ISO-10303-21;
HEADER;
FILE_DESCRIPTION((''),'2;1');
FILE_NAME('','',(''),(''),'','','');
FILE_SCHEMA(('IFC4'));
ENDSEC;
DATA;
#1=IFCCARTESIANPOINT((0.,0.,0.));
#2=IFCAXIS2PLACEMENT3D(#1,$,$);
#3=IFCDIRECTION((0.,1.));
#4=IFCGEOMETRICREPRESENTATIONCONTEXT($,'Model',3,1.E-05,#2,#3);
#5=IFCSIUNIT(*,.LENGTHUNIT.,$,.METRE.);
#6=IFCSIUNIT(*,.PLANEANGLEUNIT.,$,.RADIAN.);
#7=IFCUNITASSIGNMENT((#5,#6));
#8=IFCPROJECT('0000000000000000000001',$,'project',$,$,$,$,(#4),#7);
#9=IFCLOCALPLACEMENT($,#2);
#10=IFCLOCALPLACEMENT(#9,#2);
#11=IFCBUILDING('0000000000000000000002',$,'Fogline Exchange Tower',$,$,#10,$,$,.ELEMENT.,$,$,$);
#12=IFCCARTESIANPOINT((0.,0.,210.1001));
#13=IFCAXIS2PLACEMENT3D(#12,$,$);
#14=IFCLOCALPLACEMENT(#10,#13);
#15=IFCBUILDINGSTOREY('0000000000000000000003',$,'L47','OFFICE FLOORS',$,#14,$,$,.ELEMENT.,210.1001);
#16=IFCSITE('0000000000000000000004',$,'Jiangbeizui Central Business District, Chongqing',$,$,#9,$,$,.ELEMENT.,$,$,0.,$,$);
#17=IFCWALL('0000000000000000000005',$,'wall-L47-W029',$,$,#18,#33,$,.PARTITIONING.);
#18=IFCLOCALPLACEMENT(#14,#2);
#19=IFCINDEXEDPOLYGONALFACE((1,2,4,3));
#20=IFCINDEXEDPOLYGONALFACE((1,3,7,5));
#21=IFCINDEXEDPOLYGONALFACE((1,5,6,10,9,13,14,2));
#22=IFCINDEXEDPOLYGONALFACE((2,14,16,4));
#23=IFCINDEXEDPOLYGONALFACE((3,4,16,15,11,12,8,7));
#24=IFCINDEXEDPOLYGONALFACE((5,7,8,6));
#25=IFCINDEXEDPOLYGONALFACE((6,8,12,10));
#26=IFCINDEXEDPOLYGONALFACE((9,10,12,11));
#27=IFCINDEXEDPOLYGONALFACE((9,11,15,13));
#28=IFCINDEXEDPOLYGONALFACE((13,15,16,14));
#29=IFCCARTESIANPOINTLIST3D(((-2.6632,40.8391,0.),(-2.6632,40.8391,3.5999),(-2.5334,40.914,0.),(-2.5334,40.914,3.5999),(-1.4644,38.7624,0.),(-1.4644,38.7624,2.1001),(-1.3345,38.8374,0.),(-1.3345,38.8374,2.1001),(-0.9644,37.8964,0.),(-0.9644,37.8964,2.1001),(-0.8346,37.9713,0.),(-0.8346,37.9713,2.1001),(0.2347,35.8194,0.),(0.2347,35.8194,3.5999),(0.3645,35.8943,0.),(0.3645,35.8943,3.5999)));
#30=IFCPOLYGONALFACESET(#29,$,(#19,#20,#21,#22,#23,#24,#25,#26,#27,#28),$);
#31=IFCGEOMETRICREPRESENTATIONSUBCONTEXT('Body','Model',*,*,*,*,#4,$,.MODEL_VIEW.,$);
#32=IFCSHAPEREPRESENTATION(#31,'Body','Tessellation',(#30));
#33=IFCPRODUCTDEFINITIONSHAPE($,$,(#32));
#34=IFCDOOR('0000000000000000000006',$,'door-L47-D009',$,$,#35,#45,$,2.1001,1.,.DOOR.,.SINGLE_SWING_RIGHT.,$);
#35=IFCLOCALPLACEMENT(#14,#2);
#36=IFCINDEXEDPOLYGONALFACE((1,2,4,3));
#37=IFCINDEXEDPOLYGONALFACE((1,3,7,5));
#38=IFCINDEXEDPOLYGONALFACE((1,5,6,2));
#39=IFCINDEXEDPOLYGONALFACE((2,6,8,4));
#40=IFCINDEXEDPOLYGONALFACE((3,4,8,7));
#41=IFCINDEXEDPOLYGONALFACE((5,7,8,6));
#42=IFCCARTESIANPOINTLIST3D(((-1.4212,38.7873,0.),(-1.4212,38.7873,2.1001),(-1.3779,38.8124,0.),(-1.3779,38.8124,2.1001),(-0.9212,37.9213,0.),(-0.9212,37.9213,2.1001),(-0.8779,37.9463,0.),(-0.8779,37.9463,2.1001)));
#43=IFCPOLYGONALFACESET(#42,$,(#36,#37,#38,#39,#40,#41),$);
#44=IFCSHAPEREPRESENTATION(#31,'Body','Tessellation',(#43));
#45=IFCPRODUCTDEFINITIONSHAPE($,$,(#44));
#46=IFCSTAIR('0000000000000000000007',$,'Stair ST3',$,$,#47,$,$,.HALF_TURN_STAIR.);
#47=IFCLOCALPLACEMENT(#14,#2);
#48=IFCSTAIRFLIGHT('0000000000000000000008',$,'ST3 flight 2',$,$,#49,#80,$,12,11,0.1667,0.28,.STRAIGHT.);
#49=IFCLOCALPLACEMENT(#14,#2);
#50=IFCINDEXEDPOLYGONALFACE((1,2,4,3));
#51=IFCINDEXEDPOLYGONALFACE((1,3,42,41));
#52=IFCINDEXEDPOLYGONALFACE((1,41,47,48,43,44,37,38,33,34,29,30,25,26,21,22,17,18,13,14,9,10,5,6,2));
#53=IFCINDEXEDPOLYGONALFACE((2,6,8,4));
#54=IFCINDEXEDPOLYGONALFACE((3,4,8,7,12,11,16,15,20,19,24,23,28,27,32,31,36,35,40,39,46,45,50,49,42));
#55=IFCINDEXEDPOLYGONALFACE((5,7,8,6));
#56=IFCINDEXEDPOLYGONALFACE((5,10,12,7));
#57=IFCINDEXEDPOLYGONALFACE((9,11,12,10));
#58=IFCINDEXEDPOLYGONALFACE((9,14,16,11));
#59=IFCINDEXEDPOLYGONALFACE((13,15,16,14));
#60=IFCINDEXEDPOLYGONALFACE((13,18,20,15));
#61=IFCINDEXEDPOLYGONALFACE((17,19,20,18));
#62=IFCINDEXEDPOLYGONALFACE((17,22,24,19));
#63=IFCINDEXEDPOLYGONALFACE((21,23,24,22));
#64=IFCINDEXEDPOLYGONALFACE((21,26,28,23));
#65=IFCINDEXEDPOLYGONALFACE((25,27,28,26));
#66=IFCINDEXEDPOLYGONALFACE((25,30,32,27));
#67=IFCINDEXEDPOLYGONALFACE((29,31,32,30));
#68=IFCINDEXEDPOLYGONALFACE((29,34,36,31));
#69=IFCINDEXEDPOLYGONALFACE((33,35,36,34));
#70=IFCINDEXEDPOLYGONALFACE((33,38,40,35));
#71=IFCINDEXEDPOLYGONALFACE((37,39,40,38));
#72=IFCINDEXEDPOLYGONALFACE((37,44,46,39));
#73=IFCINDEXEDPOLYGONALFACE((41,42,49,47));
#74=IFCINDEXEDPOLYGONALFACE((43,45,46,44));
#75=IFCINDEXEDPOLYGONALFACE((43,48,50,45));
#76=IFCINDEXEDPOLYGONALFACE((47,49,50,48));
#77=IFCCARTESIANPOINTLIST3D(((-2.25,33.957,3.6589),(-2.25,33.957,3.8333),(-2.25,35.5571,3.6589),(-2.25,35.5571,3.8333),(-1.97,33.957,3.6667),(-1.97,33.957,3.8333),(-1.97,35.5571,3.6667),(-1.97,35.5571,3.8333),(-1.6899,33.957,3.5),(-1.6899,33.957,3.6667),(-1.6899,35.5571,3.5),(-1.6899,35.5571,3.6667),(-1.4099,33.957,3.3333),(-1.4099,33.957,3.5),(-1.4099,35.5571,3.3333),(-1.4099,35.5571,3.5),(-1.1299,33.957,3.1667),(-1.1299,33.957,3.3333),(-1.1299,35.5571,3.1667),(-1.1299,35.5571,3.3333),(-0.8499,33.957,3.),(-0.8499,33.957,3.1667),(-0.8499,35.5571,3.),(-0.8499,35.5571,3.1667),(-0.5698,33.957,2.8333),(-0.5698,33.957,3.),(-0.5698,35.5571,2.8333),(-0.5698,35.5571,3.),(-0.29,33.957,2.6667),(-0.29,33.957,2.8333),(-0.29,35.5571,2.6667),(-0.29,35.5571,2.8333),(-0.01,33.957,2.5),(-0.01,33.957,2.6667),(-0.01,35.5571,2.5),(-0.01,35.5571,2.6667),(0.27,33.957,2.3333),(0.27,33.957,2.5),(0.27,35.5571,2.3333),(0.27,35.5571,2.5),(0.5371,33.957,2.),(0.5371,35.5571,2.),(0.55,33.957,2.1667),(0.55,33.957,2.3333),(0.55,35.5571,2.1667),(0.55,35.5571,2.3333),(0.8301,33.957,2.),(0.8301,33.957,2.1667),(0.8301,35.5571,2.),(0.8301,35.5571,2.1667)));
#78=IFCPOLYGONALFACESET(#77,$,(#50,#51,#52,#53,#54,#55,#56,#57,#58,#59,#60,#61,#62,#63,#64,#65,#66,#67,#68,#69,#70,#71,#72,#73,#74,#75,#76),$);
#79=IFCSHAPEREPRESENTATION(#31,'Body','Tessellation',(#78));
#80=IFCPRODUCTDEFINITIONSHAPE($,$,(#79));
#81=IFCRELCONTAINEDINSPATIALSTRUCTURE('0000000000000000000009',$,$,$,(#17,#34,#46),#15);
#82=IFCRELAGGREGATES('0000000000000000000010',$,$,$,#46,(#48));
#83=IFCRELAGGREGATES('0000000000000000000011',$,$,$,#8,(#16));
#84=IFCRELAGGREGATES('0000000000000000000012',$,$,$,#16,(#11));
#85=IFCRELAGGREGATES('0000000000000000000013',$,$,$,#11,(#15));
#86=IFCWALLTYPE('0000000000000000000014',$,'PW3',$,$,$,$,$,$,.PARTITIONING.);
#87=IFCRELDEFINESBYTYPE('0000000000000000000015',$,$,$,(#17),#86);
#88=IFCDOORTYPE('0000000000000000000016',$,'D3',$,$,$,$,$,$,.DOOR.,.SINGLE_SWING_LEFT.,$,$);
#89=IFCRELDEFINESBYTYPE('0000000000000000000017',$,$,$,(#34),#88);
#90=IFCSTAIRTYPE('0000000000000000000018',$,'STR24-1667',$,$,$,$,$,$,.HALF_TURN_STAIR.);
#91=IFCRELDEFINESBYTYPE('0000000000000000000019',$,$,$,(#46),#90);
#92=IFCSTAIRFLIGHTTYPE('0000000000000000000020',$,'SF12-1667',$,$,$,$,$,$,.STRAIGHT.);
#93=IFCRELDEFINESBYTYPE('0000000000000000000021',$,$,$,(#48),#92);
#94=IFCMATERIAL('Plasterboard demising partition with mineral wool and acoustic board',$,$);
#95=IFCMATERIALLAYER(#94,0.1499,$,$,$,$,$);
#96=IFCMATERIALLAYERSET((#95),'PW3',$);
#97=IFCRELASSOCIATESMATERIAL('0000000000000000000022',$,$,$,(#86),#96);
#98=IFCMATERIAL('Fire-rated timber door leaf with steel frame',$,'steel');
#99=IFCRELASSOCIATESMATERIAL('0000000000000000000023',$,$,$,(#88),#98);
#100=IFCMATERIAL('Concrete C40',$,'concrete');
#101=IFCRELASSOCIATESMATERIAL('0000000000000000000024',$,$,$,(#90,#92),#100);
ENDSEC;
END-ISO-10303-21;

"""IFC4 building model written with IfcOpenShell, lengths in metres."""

from ifc_helpers import new_model, si_unit, direction, frame, frame_2d, origin, place, context, subcontext, project, spatial, polyline, rectangle, outline, extrude, material, layer, layer_set, type_object, element, fill, aggregate, save


model = new_model("IFC4")

# Units and contexts
model_context = context("Model", 3, precision=1e-05, world=origin(), true_north=direction((0.0, 1.0)))
body_context = subcontext(model_context, "Body", "Model", "MODEL_VIEW")
ifc_project = project(units=[si_unit("LENGTHUNIT", "METRE"), si_unit("PLANEANGLEUNIT", "RADIAN")], contexts=[model_context])

# Site, building, storey
site_placement = place(None, origin())
site = spatial("IfcSite", under=ifc_project, at=site_placement, Name="Jiangbeizui Central Business District, Chongqing", CompositionType="ELEMENT", RefElevation=0.0)
building_placement = place(site_placement, origin())
building = spatial("IfcBuilding", under=site, at=building_placement, Name="Fogline Exchange Tower", CompositionType="ELEMENT")
storey_placement = place(building_placement, frame((0.0, 0.0, 210.1001)))
storey = spatial("IfcBuildingStorey", under=building, at=storey_placement, Name="L47", Description="OFFICE FLOORS", CompositionType="ELEMENT", Elevation=210.1001)

# Shared definitions
ifc_material_1 = material(Name="Concrete C40", Category="concrete")

# Shared definitions
ifc_material_2 = material(Name="Plasterboard demising partition with mineral wool and acoustic board")
ifc_layer_1 = layer(ifc_material_2, 0.1499)
ifc_layer_set_1 = layer_set([ifc_layer_1], Name="PW3")
wall_type_1 = type_object("IfcWallType", Name="PW3", PredefinedType="PARTITIONING", material=ifc_layer_set_1)

# Shared definitions
ifc_material_3 = material(Name="Fire-rated timber door leaf with steel frame", Category="steel")
door_type_1 = type_object("IfcDoorType", Name="D3", OperationType="SINGLE_SWING_LEFT", PredefinedType="DOOR", material=ifc_material_3)

# Wall, opening, door
wall_1_placement = place(storey_placement, frame((0.2996, 35.8569, 0.0), z_axis=(0.0, 0.0, 1.0), x_axis=(-0.499972, 0.866042, 0.0)))
wall_1 = element("IfcWall", 1, at=wall_1_placement, inside=storey, type_object=wall_type_1, Name="wall-L47-W029", PredefinedType="PARTITIONING", context=body_context, shape_type="SweptSolid", body=[
    extrude(rectangle(XDim=5.7961, YDim=0.1499, at=frame_2d((2.8979, 0.0))), origin(), (0.0, 0.0, 1.0), 3.5999),
])
opening_1_placement = place(wall_1_placement, frame((2.3982, 0.0, 0.0)))
opening_1 = element("IfcOpeningElement", 2, at=opening_1_placement, cuts=wall_1, PredefinedType="OPENING", context=body_context, shape_type="SweptSolid", body=[
    extrude(rectangle(XDim=1.0, YDim=2.1001, at=frame_2d((0.5, 1.05))), frame((0.0, 0.085, 0.0), z_axis=(0.0, -1.0, 0.0), x_axis=(1.0, 0.0, 0.0)), (0.0, 0.0, 1.0), 0.1699),
])
door_1_placement = place(opening_1_placement, frame((1.0, 0.0, 0.0), z_axis=(0.0, 0.0, 1.0), x_axis=(-1.0, 0.0, 0.0)))
door_1 = element("IfcDoor", 3, at=door_1_placement, inside=storey, type_object=door_type_1, Name="door-L47-D009", OperationType="SINGLE_SWING_RIGHT", OverallHeight=2.1001, OverallWidth=1.0, PredefinedType="DOOR", context=body_context, shape_type="SweptSolid", body=[
    extrude(rectangle(XDim=1.0, YDim=2.1001, at=frame_2d((0.5, 1.05))), frame((0.0, 0.0249, 0.0), z_axis=(0.0, -1.0, 0.0), x_axis=(1.0, 0.0, 0.0)), (0.0, 0.0, 1.0), 0.05),
])
fill(opening_1, door_1)

# Stair, stair flight
stair_type = type_object("IfcStairType", Name="STR24-1667", PredefinedType="HALF_TURN_STAIR", material=ifc_material_1)
stair_placement = place(storey_placement, origin())
stair = element("IfcStair", 4, at=stair_placement, inside=storey, type_object=stair_type, Name="Stair ST3", PredefinedType="HALF_TURN_STAIR")
stair_flight_type = type_object("IfcStairFlightType", Name="SF12-1667", PredefinedType="STRAIGHT", material=ifc_material_1)
stair_flight_placement = place(storey_placement, frame((0.8301, 34.7571, 2.0), z_axis=(0.0, 0.0, 1.0), x_axis=(-1.0, 0.0, 0.0)))
stair_flight = element("IfcStairFlight", 5, at=stair_flight_placement, type_object=stair_flight_type, Name="ST3 flight 2", NumberOfRisers=12, NumberOfTreads=11, PredefinedType="STRAIGHT", RiserHeight=0.1667, TreadLength=0.28, context=body_context, shape_type="SweptSolid", body=[
    extrude(outline(polyline([(0.0, 0.0), (0.0, 0.1667), (0.28, 0.1667), (0.28, 0.3333), (0.5601, 0.3333), (0.5601, 0.5), (0.8401, 0.5), (0.8401, 0.6667), (1.1201, 0.6667), (1.1201, 0.8333), (1.3999, 0.8333), (1.3999, 1.0), (1.6799, 1.0), (1.6799, 1.1667), (1.96, 1.1667), (1.96, 1.3333), (2.24, 1.3333), (2.24, 1.5), (2.52, 1.5), (2.52, 1.6667), (2.8, 1.6667), (2.8, 1.8333), (3.0801, 1.8333), (3.0801, 2.0), (3.0801, 1.6589), (0.293, 0.0), (0.0, 0.0)])), frame((0.0, 0.8, 0.0), z_axis=(0.0, -1.0, 0.0), x_axis=(1.0, 0.0, 0.0)), (0.0, 0.0, 1.0), 1.6001),
])
aggregate(stair, [stair_flight])

save(model, "model.ifc")
